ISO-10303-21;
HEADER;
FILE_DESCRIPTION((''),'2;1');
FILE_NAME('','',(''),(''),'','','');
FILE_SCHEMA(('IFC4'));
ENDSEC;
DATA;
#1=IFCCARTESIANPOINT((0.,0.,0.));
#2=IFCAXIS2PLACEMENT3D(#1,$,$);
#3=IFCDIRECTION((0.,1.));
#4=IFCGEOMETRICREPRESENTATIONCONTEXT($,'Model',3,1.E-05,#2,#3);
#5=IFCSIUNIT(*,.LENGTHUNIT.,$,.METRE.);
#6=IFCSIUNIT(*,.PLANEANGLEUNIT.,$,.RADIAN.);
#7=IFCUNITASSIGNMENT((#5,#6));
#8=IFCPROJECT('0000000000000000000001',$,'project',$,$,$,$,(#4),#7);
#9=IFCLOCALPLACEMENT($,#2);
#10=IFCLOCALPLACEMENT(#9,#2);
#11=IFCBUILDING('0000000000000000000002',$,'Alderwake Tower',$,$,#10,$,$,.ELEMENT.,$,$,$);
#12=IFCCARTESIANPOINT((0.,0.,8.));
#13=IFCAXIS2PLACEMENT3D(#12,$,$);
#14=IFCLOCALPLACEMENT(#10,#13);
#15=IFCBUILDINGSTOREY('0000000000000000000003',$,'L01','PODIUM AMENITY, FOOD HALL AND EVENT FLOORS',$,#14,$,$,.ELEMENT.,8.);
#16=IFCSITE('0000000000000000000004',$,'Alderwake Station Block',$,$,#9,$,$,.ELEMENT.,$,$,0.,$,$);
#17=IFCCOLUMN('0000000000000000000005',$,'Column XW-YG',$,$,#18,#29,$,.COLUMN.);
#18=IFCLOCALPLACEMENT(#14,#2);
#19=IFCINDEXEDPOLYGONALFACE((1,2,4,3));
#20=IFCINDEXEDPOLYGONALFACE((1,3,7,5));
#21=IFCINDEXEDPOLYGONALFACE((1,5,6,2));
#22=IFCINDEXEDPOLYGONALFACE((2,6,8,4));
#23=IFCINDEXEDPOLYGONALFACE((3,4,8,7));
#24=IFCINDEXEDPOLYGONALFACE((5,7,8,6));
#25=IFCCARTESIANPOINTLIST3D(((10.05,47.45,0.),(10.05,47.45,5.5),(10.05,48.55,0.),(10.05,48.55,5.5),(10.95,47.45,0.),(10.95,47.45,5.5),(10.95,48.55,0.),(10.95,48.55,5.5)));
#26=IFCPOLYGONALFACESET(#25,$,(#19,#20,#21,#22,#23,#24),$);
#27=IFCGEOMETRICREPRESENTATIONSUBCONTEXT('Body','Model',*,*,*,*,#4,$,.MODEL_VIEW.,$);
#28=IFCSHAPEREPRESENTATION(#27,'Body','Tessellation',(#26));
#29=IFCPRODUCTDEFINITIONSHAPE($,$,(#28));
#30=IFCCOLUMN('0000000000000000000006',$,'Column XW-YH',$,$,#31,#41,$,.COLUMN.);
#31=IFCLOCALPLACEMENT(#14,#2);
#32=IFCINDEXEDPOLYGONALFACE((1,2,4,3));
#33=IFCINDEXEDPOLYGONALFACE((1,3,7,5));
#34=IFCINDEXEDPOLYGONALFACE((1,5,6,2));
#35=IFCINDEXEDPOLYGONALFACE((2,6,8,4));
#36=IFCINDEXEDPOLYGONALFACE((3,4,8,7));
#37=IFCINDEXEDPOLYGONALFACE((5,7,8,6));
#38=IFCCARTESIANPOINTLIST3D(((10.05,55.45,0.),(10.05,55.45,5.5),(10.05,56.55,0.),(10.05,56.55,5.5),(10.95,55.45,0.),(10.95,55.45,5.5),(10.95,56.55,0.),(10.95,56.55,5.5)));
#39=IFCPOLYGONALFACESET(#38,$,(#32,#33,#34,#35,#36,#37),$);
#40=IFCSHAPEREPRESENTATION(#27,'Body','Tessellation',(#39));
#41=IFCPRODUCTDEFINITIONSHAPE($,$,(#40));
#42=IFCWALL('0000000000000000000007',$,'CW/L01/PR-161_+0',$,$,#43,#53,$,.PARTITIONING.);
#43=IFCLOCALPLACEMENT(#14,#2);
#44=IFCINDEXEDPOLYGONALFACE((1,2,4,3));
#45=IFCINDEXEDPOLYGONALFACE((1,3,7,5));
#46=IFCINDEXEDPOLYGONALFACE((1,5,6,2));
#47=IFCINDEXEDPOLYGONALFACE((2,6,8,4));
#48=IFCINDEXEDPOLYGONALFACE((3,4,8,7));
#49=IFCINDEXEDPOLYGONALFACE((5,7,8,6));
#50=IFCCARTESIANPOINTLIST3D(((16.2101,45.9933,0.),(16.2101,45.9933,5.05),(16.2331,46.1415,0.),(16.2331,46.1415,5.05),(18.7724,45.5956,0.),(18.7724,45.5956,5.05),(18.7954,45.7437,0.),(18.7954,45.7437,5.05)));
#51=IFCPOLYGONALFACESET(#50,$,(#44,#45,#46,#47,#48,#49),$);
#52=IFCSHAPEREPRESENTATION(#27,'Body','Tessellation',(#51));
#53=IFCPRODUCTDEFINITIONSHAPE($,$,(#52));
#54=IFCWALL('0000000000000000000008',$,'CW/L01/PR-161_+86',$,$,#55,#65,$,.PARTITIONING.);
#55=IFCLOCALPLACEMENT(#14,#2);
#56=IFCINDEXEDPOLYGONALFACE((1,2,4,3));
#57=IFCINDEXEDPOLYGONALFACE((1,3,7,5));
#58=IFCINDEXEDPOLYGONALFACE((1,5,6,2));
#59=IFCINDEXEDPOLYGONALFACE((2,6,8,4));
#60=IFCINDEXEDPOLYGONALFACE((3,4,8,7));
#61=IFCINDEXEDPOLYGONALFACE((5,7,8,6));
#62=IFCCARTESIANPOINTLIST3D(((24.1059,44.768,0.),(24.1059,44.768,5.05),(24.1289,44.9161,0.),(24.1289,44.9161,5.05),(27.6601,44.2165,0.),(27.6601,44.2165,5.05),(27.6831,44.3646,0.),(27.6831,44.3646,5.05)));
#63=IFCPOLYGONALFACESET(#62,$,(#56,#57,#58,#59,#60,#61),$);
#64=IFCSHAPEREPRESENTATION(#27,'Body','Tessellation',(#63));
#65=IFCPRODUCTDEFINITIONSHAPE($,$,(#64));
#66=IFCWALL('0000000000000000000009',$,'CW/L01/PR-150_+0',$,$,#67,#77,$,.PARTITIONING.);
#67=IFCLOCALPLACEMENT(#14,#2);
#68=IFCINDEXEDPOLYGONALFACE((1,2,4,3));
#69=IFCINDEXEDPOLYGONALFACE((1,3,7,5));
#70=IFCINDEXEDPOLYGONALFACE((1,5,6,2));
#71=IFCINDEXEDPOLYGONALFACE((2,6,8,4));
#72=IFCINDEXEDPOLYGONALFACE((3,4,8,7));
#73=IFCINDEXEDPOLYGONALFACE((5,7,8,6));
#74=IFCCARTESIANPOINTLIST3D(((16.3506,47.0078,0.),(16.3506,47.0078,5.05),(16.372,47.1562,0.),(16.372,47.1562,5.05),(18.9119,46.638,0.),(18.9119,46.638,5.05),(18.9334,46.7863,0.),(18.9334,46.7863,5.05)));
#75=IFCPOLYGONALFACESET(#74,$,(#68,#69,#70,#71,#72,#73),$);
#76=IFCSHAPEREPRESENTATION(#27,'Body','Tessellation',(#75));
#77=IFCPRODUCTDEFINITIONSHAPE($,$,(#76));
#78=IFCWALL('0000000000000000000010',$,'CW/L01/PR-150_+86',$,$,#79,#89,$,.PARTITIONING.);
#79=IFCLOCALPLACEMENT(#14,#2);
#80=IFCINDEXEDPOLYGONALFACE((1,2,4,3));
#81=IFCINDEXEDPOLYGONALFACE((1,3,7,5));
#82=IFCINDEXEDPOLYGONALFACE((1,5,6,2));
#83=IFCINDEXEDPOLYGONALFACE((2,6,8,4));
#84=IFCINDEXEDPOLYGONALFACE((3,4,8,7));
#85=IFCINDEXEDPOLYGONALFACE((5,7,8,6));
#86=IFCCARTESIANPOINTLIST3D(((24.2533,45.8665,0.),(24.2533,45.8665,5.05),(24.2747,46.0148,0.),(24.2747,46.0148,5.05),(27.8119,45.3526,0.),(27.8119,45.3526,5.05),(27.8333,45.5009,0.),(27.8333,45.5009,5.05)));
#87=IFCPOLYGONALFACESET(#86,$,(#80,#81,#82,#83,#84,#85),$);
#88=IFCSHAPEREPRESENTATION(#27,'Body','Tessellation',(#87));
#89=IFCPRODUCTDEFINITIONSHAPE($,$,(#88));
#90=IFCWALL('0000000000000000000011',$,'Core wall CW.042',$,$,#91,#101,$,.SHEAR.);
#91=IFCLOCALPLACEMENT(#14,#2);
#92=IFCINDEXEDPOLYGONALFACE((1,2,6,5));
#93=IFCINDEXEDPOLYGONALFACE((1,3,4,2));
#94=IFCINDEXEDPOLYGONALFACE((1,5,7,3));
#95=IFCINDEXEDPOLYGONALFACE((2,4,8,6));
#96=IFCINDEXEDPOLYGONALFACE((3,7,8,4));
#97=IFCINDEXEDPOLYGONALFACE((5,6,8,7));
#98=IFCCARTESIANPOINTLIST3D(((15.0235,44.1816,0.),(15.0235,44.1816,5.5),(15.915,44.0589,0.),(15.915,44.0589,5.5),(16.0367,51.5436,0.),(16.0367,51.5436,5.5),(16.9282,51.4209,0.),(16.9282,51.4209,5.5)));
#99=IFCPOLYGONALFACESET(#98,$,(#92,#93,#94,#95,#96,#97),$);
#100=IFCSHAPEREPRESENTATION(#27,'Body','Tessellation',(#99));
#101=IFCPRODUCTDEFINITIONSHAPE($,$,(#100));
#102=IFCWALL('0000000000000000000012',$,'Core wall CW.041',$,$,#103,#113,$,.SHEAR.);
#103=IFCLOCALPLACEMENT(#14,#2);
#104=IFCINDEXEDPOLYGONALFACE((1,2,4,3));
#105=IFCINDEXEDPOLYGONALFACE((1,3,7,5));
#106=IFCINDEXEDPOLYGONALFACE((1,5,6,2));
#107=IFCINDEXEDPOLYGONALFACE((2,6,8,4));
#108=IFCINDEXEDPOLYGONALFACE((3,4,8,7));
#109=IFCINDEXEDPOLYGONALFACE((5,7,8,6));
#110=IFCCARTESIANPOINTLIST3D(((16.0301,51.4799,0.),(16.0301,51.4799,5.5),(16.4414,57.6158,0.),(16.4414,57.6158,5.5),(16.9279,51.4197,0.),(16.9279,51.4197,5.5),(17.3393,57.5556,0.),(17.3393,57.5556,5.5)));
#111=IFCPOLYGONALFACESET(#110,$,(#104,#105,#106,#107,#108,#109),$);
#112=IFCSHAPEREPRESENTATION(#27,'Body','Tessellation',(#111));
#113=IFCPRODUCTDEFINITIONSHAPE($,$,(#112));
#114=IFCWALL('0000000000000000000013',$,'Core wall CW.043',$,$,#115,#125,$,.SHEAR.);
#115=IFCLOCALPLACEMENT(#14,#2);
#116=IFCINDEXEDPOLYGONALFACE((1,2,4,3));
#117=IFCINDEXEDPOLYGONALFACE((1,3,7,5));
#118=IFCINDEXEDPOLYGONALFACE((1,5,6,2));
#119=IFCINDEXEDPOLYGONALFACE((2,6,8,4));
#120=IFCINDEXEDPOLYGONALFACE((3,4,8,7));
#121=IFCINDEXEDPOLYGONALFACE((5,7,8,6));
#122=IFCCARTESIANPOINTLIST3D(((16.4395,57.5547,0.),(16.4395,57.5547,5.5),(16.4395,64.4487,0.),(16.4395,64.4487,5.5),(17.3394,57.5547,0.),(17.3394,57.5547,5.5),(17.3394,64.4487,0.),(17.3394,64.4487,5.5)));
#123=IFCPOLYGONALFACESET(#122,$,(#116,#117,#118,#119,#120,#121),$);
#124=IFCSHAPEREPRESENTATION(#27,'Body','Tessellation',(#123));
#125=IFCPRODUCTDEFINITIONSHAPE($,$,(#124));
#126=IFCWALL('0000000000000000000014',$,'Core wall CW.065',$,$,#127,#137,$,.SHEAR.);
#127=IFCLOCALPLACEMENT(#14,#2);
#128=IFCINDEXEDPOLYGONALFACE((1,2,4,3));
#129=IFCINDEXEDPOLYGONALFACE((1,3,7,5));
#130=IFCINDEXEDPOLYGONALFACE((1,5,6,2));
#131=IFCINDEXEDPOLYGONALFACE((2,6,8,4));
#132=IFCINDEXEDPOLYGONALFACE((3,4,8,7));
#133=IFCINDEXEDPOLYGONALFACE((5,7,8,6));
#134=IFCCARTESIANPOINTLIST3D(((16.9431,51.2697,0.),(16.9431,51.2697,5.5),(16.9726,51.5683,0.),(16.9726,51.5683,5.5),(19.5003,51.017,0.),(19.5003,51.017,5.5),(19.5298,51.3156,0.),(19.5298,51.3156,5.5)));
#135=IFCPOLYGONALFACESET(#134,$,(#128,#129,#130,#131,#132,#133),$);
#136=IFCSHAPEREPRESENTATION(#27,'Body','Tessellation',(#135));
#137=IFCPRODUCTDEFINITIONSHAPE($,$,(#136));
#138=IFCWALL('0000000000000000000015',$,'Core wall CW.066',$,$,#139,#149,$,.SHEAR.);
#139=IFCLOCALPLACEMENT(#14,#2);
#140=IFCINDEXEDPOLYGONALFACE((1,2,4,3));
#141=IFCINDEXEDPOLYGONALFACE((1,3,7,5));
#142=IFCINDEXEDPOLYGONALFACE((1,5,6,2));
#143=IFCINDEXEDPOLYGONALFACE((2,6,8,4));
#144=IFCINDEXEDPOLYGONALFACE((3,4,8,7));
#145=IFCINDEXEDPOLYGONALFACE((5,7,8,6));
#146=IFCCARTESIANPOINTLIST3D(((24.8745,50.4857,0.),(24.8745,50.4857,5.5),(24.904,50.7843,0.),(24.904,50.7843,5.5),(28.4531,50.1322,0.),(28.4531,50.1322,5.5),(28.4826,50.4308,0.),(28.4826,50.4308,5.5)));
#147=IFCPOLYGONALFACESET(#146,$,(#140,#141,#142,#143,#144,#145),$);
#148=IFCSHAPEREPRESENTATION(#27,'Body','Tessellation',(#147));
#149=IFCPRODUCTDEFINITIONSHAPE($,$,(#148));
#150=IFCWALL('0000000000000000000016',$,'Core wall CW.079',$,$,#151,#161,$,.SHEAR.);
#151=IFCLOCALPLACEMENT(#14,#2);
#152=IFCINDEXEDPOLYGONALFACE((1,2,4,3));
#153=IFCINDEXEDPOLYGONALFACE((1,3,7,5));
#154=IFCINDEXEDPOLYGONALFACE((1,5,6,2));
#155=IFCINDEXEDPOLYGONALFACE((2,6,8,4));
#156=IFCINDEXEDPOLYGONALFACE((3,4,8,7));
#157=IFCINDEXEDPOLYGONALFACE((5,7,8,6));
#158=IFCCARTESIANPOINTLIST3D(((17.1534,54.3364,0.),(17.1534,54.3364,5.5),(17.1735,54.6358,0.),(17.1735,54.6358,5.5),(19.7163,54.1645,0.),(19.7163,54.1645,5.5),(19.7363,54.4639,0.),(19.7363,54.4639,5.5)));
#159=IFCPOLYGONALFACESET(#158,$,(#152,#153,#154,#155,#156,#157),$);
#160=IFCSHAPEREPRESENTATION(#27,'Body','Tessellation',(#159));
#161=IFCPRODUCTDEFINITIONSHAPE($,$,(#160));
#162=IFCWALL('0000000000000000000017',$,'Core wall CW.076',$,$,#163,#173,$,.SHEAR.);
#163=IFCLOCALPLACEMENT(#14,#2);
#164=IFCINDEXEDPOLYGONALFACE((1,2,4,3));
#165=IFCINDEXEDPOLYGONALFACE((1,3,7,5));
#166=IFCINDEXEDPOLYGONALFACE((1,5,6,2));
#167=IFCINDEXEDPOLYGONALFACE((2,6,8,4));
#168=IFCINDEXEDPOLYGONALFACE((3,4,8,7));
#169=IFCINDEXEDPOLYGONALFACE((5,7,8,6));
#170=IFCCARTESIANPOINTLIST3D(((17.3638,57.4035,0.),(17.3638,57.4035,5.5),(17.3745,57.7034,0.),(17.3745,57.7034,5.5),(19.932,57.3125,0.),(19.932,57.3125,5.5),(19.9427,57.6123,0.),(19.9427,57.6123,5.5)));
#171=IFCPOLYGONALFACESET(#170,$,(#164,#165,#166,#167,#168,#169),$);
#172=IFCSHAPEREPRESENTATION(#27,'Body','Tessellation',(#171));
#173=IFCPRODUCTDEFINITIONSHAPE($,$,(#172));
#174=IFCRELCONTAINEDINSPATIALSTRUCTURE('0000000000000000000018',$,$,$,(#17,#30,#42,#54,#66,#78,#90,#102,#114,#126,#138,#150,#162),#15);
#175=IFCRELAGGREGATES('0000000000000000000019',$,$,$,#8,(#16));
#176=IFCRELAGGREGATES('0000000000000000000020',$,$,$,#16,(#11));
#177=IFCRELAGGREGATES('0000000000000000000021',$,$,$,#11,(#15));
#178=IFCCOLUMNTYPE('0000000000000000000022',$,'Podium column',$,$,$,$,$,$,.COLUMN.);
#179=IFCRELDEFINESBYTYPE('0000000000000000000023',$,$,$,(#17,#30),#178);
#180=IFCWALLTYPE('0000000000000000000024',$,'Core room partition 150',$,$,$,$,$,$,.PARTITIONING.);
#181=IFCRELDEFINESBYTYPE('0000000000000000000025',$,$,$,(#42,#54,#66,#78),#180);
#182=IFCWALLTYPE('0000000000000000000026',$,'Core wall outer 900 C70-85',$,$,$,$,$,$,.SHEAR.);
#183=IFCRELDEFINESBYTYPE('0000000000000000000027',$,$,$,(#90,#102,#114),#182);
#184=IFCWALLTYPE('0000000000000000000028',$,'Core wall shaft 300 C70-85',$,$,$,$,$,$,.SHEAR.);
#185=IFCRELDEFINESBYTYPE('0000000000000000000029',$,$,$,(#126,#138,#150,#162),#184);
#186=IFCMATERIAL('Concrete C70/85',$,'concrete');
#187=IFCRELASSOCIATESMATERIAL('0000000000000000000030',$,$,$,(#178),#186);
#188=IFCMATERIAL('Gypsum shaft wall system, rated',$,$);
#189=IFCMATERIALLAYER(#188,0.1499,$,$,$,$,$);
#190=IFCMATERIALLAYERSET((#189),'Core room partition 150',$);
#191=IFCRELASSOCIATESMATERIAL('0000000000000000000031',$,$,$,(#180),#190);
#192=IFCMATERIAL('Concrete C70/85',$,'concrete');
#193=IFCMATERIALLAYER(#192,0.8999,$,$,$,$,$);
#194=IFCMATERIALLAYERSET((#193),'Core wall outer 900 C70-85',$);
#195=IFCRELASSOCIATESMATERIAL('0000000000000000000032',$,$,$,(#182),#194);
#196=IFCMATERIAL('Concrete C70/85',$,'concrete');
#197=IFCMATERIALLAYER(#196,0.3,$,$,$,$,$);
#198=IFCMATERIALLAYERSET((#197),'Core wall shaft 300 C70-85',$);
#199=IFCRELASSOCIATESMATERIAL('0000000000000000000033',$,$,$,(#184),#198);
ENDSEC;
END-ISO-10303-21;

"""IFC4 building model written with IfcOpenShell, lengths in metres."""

from ifc_helpers import new_model, si_unit, direction, frame, frame_2d, origin, origin_2d, place, context, subcontext, project, spatial, rectangle, extrude, material, layer, layer_set, material_profile, profile_set, type_object, element, save


model = new_model("IFC4")

# Units and contexts
model_context = context("Model", 3, precision=1e-05, world=origin(), true_north=direction((0.0, 1.0)))
body_context = subcontext(model_context, "Body", "Model", "MODEL_VIEW")
ifc_project = project(units=[si_unit("LENGTHUNIT", "METRE"), si_unit("PLANEANGLEUNIT", "RADIAN")], contexts=[model_context])

# Site, building, storey
site_placement = place(None, origin())
site = spatial("IfcSite", under=ifc_project, at=site_placement, Name="Alderwake Station Block", CompositionType="ELEMENT", RefElevation=0.0)
building_placement = place(site_placement, origin())
building = spatial("IfcBuilding", under=site, at=building_placement, Name="Alderwake Tower", CompositionType="ELEMENT")
storey_placement = place(building_placement, frame((0.0, 0.0, 8.0)))
storey = spatial("IfcBuildingStorey", under=building, at=storey_placement, Name="L01", Description="PODIUM AMENITY, FOOD HALL AND EVENT FLOORS", CompositionType="ELEMENT", Elevation=8.0)

# Columns
ifc_material_1 = material(Name="Concrete C70/85", Category="concrete")
ifc_material_profile = material_profile(ifc_material_1, rectangle(XDim=0.8999, YDim=1.1001, at=origin_2d()), Name="RC 1100X900")
ifc_profile_set = profile_set([ifc_material_profile], Name="Concrete C70/85")
column_type = type_object("IfcColumnType", Name="Podium column", PredefinedType="COLUMN", material=ifc_profile_set)
for number, where, z_axis, x_axis, name in (
    (1, (10.5, 48.0, 0.0), (0.0, 0.0, 1.0), (1.0, 0.0, 0.0), "Column XW-YG"),
    (2, (10.5, 56.0, 0.0), (0.0, 0.0, 1.0), (1.0, 0.0, 0.0), "Column XW-YH"),
):
    element("IfcColumn", number, at=place(storey_placement, frame(where, z_axis=z_axis, x_axis=x_axis)), inside=storey, type_object=column_type, Name=name, PredefinedType="COLUMN", context=body_context, shape_type="SweptSolid", body=[
        extrude(rectangle(XDim=0.8999, YDim=1.1001, at=origin_2d()), origin(), (0.0, 0.0, 1.0), 5.5),
    ])

# Walls
ifc_material_2 = material(Name="Gypsum shaft wall system, rated")
ifc_layer_1 = layer(ifc_material_2, 0.1499)
ifc_layer_set_1 = layer_set([ifc_layer_1], Name="Core room partition 150")
wall_type_1 = type_object("IfcWallType", Name="Core room partition 150", PredefinedType="PARTITIONING", material=ifc_layer_set_1)
wall_1_placement = place(storey_placement, frame((16.2217, 46.0674, 0.0), z_axis=(0.0, 0.0, 1.0), x_axis=(0.988167, -0.15338, 0.0)))
element("IfcWall", 3, at=wall_1_placement, inside=storey, type_object=wall_type_1, Name="CW/L01/PR-161_+0", PredefinedType="PARTITIONING", context=body_context, shape_type="SweptSolid", body=[
    extrude(rectangle(XDim=2.593, YDim=0.1499, at=frame_2d((1.2964, 0.0))), origin(), (0.0, 0.0, 1.0), 5.05),
])
wall_2_placement = place(storey_placement, frame((24.1174, 44.842, 0.0), z_axis=(0.0, 0.0, 1.0), x_axis=(0.988174, -0.153337, 0.0)))
element("IfcWall", 4, at=wall_2_placement, inside=storey, type_object=wall_type_1, Name="CW/L01/PR-161_+86", PredefinedType="PARTITIONING", context=body_context, shape_type="SweptSolid", body=[
    extrude(rectangle(XDim=3.5967, YDim=0.1499, at=frame_2d((1.7983, 0.0))), origin(), (0.0, 0.0, 1.0), 5.05),
])
wall_3_placement = place(storey_placement, frame((16.3613, 47.082, 0.0), z_axis=(0.0, 0.0, 1.0), x_axis=(0.989733, -0.142927, 0.0)))
element("IfcWall", 5, at=wall_3_placement, inside=storey, type_object=wall_type_1, Name="CW/L01/PR-150_+0", PredefinedType="PARTITIONING", context=body_context, shape_type="SweptSolid", body=[
    extrude(rectangle(XDim=2.5879, YDim=0.1499, at=frame_2d((1.2939, 0.0))), origin(), (0.0, 0.0, 1.0), 5.05),
])
wall_4_placement = place(storey_placement, frame((24.2639, 45.9407, 0.0), z_axis=(0.0, 0.0, 1.0), x_axis=(0.989732, -0.142933, 0.0)))
element("IfcWall", 6, at=wall_4_placement, inside=storey, type_object=wall_type_1, Name="CW/L01/PR-150_+86", PredefinedType="PARTITIONING", context=body_context, shape_type="SweptSolid", body=[
    extrude(rectangle(XDim=3.5955, YDim=0.1499, at=frame_2d((1.7979, 0.0))), origin(), (0.0, 0.0, 1.0), 5.05),
])
ifc_material_3 = material(Name="Concrete C70/85", Category="concrete")
ifc_layer_2 = layer(ifc_material_3, 0.8999)
ifc_layer_set_2 = layer_set([ifc_layer_2], Name="Core wall outer 900 C70-85")
wall_type_2 = type_object("IfcWallType", Name="Core wall outer 900 C70-85", PredefinedType="SHEAR", material=ifc_layer_set_2)
wall_5_placement = place(storey_placement, frame((15.4692, 44.1201, 0.0), z_axis=(0.0, 0.0, 1.0), x_axis=(0.136337, 0.990662, 0.0)))
element("IfcWall", 7, at=wall_5_placement, inside=storey, type_object=wall_type_2, Name="Core wall CW.042", PredefinedType="SHEAR", context=body_context, shape_type="SweptSolid", body=[
    extrude(rectangle(XDim=7.4314, YDim=0.8999, at=frame_2d((3.7158, 0.0))), origin(), (0.0, 0.0, 1.0), 5.5),
])
wall_6_placement = place(storey_placement, frame((16.479, 51.45, 0.0), z_axis=(0.0, 0.0, 1.0), x_axis=(0.066893, 0.99776, 0.0)))
element("IfcWall", 8, at=wall_6_placement, inside=storey, type_object=wall_type_2, Name="Core wall CW.041", PredefinedType="SHEAR", context=body_context, shape_type="SweptSolid", body=[
    extrude(rectangle(XDim=6.1497, YDim=0.8999, at=frame_2d((3.0747, 0.0))), origin(), (0.0, 0.0, 1.0), 5.5),
])
wall_7_placement = place(storey_placement, frame((16.8894, 57.5547, 0.0), z_axis=(0.0, 0.0, 1.0), x_axis=(0.0, 1.0, 0.0)))
element("IfcWall", 9, at=wall_7_placement, inside=storey, type_object=wall_type_2, Name="Core wall CW.043", PredefinedType="SHEAR", context=body_context, shape_type="SweptSolid", body=[
    extrude(rectangle(XDim=6.894, YDim=0.8999, at=frame_2d((3.447, 0.0))), origin(), (0.0, 0.0, 1.0), 5.5),
])
ifc_material_4 = material(Name="Concrete C70/85", Category="concrete")
ifc_layer_3 = layer(ifc_material_4, 0.3)
ifc_layer_set_3 = layer_set([ifc_layer_3], Name="Core wall shaft 300 C70-85")
wall_type_3 = type_object("IfcWallType", Name="Core wall shaft 300 C70-85", PredefinedType="SHEAR", material=ifc_layer_set_3)
wall_8_placement = place(storey_placement, frame((16.958, 51.4189, 0.0), z_axis=(0.0, 0.0, 1.0), x_axis=(0.995153, -0.098337, 0.0)))
element("IfcWall", 10, at=wall_8_placement, inside=storey, type_object=wall_type_3, Name="Core wall CW.065", PredefinedType="SHEAR", context=body_context, shape_type="SweptSolid", body=[
    extrude(rectangle(XDim=2.5696, YDim=0.3, at=frame_2d((1.2847, 0.0))), origin(), (0.0, 0.0, 1.0), 5.5),
])
wall_9_placement = place(storey_placement, frame((24.8894, 50.635, 0.0), z_axis=(0.0, 0.0, 1.0), x_axis=(0.995156, -0.098307, 0.0)))
element("IfcWall", 11, at=wall_9_placement, inside=storey, type_object=wall_type_3, Name="Core wall CW.066", PredefinedType="SHEAR", context=body_context, shape_type="SweptSolid", body=[
    extrude(rectangle(XDim=3.5959, YDim=0.3, at=frame_2d((1.7979, 0.0))), origin(), (0.0, 0.0, 1.0), 5.5),
])
wall_10_placement = place(storey_placement, frame((17.1636, 54.4861, 0.0), z_axis=(0.0, 0.0, 1.0), x_axis=(0.997759, -0.066916, 0.0)))
element("IfcWall", 12, at=wall_10_placement, inside=storey, type_object=wall_type_3, Name="Core wall CW.079", PredefinedType="SHEAR", context=body_context, shape_type="SweptSolid", body=[
    extrude(rectangle(XDim=2.5686, YDim=0.3, at=frame_2d((1.2842, 0.0))), origin(), (0.0, 0.0, 1.0), 5.5),
])
wall_11_placement = place(storey_placement, frame((17.3691, 57.5535, 0.0), z_axis=(0.0, 0.0, 1.0), x_axis=(0.999372, -0.035437, 0.0)))
element("IfcWall", 13, at=wall_11_placement, inside=storey, type_object=wall_type_3, Name="Core wall CW.076", PredefinedType="SHEAR", context=body_context, shape_type="SweptSolid", body=[
    extrude(rectangle(XDim=2.5698, YDim=0.3, at=frame_2d((1.2849, 0.0))), origin(), (0.0, 0.0, 1.0), 5.5),
])

save(model, "model.ifc")
